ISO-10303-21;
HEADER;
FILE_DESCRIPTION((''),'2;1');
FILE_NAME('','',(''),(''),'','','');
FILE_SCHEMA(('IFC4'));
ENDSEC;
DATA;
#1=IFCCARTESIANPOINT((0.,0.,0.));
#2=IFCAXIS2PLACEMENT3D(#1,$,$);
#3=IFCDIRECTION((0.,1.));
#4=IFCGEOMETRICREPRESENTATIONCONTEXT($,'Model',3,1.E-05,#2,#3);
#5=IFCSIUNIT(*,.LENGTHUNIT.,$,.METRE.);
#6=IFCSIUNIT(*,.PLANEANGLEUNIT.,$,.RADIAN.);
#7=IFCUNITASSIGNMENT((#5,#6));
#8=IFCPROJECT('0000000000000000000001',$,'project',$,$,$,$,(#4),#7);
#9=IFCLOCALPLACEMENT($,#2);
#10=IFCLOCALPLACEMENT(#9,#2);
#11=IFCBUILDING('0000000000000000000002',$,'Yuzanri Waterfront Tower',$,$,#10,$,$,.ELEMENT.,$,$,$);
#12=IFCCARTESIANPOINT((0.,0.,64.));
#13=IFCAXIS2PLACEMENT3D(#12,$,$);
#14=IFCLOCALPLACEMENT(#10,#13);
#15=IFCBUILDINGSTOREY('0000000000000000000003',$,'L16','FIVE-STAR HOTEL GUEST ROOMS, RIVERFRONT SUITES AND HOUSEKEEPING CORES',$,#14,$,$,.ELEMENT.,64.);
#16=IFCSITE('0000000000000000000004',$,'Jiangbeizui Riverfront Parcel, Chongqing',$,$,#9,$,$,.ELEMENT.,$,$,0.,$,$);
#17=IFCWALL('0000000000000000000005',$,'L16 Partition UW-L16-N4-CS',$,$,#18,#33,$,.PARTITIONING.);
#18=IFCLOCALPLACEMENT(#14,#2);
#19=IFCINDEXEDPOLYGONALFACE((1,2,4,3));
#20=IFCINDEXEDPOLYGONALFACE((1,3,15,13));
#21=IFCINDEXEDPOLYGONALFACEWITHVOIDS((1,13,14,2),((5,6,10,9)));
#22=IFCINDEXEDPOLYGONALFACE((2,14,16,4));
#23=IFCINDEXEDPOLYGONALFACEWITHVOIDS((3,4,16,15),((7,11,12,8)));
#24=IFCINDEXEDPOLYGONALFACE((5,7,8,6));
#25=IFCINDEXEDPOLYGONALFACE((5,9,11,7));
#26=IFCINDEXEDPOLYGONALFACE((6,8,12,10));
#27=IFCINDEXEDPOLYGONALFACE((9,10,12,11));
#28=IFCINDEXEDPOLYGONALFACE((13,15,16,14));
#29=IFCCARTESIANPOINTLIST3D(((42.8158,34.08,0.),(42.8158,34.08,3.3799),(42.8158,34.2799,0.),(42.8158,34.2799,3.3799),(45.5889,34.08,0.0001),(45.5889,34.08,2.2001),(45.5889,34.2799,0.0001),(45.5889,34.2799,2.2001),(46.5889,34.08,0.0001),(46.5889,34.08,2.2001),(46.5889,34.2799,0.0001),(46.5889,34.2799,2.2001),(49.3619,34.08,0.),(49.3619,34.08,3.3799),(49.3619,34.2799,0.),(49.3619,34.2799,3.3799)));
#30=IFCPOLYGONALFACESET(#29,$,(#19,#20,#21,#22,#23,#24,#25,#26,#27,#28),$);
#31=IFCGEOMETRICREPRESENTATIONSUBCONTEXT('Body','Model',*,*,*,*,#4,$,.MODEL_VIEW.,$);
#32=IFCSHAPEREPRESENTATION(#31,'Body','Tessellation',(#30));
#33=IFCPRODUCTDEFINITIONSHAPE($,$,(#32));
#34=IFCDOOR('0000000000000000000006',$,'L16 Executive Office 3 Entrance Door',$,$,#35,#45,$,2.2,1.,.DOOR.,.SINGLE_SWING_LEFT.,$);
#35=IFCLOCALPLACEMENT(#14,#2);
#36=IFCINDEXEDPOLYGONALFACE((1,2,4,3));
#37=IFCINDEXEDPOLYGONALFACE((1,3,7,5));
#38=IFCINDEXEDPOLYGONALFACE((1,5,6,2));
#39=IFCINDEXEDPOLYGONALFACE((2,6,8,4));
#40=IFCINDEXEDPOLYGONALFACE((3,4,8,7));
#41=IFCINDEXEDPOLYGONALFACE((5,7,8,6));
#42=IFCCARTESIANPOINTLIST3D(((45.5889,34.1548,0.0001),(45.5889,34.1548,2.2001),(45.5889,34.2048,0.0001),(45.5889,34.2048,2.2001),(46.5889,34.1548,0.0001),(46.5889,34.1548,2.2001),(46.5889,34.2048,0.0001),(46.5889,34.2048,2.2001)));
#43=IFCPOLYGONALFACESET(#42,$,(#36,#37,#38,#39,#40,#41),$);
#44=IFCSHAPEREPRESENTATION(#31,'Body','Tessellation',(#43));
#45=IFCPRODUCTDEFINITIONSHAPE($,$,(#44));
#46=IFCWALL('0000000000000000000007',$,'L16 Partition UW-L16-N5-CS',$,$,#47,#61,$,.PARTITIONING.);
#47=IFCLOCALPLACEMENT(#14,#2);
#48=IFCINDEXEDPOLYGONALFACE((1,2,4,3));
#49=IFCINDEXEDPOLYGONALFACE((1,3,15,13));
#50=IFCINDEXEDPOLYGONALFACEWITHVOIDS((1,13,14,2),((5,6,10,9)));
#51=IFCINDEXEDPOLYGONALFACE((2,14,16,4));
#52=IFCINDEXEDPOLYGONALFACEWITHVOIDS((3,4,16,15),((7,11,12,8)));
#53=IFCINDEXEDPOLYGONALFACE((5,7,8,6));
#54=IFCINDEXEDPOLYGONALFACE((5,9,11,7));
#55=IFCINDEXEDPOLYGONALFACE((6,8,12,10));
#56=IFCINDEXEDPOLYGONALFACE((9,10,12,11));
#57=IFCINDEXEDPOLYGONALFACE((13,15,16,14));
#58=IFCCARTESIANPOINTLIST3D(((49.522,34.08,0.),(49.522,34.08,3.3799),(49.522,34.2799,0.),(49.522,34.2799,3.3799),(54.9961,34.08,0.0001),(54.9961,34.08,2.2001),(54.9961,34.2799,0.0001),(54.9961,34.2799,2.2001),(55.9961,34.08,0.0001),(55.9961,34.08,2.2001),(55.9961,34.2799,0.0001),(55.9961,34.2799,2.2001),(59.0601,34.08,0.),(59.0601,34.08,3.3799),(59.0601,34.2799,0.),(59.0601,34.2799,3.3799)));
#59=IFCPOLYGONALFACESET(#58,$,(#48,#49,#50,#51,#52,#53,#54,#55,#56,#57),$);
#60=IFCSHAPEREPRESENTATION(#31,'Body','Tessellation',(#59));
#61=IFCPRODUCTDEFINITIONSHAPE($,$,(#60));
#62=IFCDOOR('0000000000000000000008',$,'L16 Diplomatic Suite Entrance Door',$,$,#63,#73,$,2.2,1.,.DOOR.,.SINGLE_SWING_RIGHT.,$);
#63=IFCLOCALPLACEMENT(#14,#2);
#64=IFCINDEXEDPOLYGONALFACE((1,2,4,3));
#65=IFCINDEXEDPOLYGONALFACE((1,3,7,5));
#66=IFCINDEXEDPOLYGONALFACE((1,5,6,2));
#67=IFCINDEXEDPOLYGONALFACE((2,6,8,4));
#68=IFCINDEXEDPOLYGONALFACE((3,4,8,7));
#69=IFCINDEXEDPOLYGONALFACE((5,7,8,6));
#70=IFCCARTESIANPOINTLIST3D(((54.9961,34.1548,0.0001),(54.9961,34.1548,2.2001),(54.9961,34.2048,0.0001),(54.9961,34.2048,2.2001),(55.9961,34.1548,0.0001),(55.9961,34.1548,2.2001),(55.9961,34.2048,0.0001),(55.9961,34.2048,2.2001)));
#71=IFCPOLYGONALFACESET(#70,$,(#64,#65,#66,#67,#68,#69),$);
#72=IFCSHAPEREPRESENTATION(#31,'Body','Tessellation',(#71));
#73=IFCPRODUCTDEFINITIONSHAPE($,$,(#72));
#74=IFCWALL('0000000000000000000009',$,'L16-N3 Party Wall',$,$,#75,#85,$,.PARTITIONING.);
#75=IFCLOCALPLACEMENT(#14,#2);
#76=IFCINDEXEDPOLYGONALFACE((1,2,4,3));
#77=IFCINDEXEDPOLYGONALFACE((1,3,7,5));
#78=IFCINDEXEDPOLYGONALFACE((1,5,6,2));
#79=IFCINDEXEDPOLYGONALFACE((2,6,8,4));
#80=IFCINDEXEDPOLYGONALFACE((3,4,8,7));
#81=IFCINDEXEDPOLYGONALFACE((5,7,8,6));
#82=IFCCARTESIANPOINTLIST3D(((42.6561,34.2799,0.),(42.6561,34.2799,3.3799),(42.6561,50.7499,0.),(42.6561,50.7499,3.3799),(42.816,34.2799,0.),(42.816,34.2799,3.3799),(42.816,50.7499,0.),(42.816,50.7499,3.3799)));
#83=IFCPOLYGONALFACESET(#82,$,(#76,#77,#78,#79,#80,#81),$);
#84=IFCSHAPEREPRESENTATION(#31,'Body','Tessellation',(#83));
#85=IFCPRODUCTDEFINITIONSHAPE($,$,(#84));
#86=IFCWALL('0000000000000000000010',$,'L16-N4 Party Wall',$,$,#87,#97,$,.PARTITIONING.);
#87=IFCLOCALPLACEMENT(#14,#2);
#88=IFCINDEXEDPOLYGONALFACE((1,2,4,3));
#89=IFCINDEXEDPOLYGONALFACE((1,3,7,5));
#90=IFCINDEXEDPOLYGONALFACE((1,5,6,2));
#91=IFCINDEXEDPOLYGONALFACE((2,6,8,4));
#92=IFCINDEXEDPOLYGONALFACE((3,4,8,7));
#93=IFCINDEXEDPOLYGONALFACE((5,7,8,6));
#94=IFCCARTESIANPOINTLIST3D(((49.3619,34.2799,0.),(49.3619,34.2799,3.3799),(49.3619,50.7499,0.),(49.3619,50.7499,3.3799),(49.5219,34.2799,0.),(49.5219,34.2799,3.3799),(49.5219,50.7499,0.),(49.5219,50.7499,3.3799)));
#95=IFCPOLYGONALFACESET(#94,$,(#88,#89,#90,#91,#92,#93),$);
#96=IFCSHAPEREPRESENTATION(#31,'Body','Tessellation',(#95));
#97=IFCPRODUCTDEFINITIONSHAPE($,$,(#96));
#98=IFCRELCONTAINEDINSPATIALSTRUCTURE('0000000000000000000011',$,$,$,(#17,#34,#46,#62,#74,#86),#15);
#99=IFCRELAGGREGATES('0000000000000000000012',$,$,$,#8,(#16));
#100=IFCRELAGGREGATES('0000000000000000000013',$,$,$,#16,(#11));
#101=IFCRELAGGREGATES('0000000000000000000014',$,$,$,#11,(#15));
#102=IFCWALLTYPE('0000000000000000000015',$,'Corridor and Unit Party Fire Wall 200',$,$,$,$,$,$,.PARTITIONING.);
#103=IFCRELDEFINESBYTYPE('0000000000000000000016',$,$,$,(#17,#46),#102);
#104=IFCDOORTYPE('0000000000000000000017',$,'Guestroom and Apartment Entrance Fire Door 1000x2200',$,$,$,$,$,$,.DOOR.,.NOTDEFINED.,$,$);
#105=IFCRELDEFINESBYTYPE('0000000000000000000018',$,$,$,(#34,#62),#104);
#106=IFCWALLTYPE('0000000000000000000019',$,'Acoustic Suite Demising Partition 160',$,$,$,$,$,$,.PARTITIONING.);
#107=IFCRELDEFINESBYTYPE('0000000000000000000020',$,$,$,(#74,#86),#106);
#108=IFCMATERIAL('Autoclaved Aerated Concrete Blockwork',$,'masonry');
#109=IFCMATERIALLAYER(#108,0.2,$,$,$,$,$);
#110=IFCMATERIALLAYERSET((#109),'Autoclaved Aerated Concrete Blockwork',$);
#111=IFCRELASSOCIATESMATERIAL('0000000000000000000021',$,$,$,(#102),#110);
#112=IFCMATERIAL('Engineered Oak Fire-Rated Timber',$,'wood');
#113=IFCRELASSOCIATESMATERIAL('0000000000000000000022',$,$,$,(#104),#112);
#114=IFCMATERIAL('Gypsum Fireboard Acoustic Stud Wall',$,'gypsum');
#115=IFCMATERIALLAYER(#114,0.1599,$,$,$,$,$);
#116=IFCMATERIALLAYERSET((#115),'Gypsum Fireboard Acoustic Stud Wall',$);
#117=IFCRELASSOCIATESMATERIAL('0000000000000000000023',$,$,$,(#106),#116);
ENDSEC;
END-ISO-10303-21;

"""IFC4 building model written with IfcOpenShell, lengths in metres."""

from ifc_helpers import new_model, si_unit, direction, frame, frame_2d, origin, place, context, subcontext, project, spatial, rectangle, extrude, source, transform, mapped, material, layer, layer_set, type_object, element, fill, save


model = new_model("IFC4")

# Units and contexts
model_context = context("Model", 3, precision=1e-05, world=origin(), true_north=direction((0.0, 1.0)))
body_context = subcontext(model_context, "Body", "Model", "MODEL_VIEW")
ifc_project = project(units=[si_unit("LENGTHUNIT", "METRE"), si_unit("PLANEANGLEUNIT", "RADIAN")], contexts=[model_context])

# Site, building, storey
site_placement = place(None, origin())
site = spatial("IfcSite", under=ifc_project, at=site_placement, Name="Jiangbeizui Riverfront Parcel, Chongqing", CompositionType="ELEMENT", RefElevation=0.0)
building_placement = place(site_placement, origin())
building = spatial("IfcBuilding", under=site, at=building_placement, Name="Yuzanri Waterfront Tower", CompositionType="ELEMENT")
storey_placement = place(building_placement, frame((0.0, 0.0, 64.0)))
storey = spatial("IfcBuildingStorey", under=building, at=storey_placement, Name="L16", Description="FIVE-STAR HOTEL GUEST ROOMS, RIVERFRONT SUITES AND HOUSEKEEPING CORES", CompositionType="ELEMENT", Elevation=64.0)

# Walls, openings, doors
ifc_material_1 = material(Name="Autoclaved Aerated Concrete Blockwork", Category="masonry")
ifc_layer_1 = layer(ifc_material_1, 0.2)
ifc_layer_set_1 = layer_set([ifc_layer_1], Name="Autoclaved Aerated Concrete Blockwork")
wall_type_1 = type_object("IfcWallType", Name="Corridor and Unit Party Fire Wall 200", PredefinedType="PARTITIONING", material=ifc_layer_set_1)
wall_1_placement = place(storey_placement, frame((42.8159, 34.1799, 0.0), z_axis=(0.0, 0.0, 1.0), x_axis=(1.0, 0.0, 0.0)))
wall_1 = element("IfcWall", 1, at=wall_1_placement, inside=storey, type_object=wall_type_1, Name="L16 Partition UW-L16-N4-CS", PredefinedType="PARTITIONING", context=body_context, shape_type="SweptSolid", body=[
    extrude(rectangle(XDim=6.5461, YDim=0.2, at=frame_2d((3.2729, 0.0))), origin(), (0.0, 0.0, 1.0), 3.3799),
])
opening_1_placement = place(wall_1_placement, frame((2.7729, 0.0, 0.0)))
opening_1 = element("IfcOpeningElement", 2, at=opening_1_placement, cuts=wall_1, PredefinedType="OPENING", context=body_context, shape_type="SweptSolid", body=[
    extrude(rectangle(XDim=1.0, YDim=2.2, at=frame_2d((0.5, 1.1001))), frame((0.0, 0.1147, 0.0), z_axis=(0.0, -1.0, 0.0), x_axis=(1.0, 0.0, 0.0)), (0.0, 0.0, 1.0), 0.2297),
])
ifc_material_2 = material(Name="Engineered Oak Fire-Rated Timber", Category="wood")
door_type_1 = type_object("IfcDoorType", Name="Guestroom and Apartment Entrance Fire Door 1000x2200", OperationType="NOTDEFINED", PredefinedType="DOOR", material=ifc_material_2)
shared_shape_1 = source(origin(), body_context, "Body", "SweptSolid", [
    extrude(rectangle(XDim=1.0, YDim=2.2, at=frame_2d((0.5, 1.1001))), frame((0.0, 0.0249, 0.0), z_axis=(0.0, -1.0, 0.0), x_axis=(1.0, 0.0, 0.0)), (0.0, 0.0, 1.0), 0.05),
])
door_1_placement = place(opening_1_placement, origin())
door_1 = element("IfcDoor", 3, at=door_1_placement, inside=storey, type_object=door_type_1, Name="L16 Executive Office 3 Entrance Door", OperationType="SINGLE_SWING_LEFT", OverallHeight=2.2, OverallWidth=1.0, PredefinedType="DOOR", context=body_context, shape_type="MappedRepresentation", body=[
    mapped(shared_shape_1, transform((0.0, 0.0, 0.0), scale=1.0)),
])
fill(opening_1, door_1)
wall_2_placement = place(storey_placement, frame((49.522, 34.1799, 0.0), z_axis=(0.0, 0.0, 1.0), x_axis=(1.0, 0.0, 0.0)))
wall_2 = element("IfcWall", 4, at=wall_2_placement, inside=storey, type_object=wall_type_1, Name="L16 Partition UW-L16-N5-CS", PredefinedType="PARTITIONING", context=body_context, shape_type="SweptSolid", body=[
    extrude(rectangle(XDim=9.5381, YDim=0.2, at=frame_2d((4.769, 0.0))), origin(), (0.0, 0.0, 1.0), 3.3799),
])
opening_2_placement = place(wall_2_placement, frame((5.4741, 0.0, 0.0)))
opening_2 = element("IfcOpeningElement", 5, at=opening_2_placement, cuts=wall_2, PredefinedType="OPENING", context=body_context, shape_type="SweptSolid", body=[
    extrude(rectangle(XDim=1.0, YDim=2.2, at=frame_2d((0.5, 1.1001))), frame((0.0, 0.1147, 0.0), z_axis=(0.0, -1.0, 0.0), x_axis=(1.0, 0.0, 0.0)), (0.0, 0.0, 1.0), 0.2297),
])
door_2_placement = place(opening_2_placement, origin())
door_2 = element("IfcDoor", 6, at=door_2_placement, inside=storey, type_object=door_type_1, Name="L16 Diplomatic Suite Entrance Door", OperationType="SINGLE_SWING_RIGHT", OverallHeight=2.2, OverallWidth=1.0, PredefinedType="DOOR", context=body_context, shape_type="MappedRepresentation", body=[
    mapped(shared_shape_1, transform((0.0, 0.0, 0.0), scale=1.0)),
])
fill(opening_2, door_2)

# Walls
ifc_material_3 = material(Name="Gypsum Fireboard Acoustic Stud Wall", Category="gypsum")
ifc_layer_2 = layer(ifc_material_3, 0.1599)
ifc_layer_set_2 = layer_set([ifc_layer_2], Name="Gypsum Fireboard Acoustic Stud Wall")
wall_type_2 = type_object("IfcWallType", Name="Acoustic Suite Demising Partition 160", PredefinedType="PARTITIONING", material=ifc_layer_set_2)
shared_shape_2 = source(origin(), body_context, "Body", "SweptSolid", [
    extrude(rectangle(XDim=16.47, YDim=0.1599, at=frame_2d((8.2349, 0.0))), origin(), (0.0, 0.0, 1.0), 3.3799),
])
for number, where, z_axis, x_axis, name in (
    (7, (42.7361, 34.28, 0.0), (0.0, 0.0, 1.0), (0.0, 1.0, 0.0), "L16-N3 Party Wall"),
    (8, (49.4419, 34.28, 0.0), (0.0, 0.0, 1.0), (0.0, 1.0, 0.0), "L16-N4 Party Wall"),
):
    element("IfcWall", number, at=place(storey_placement, frame(where, z_axis=z_axis, x_axis=x_axis)), inside=storey, type_object=wall_type_2, Name=name, PredefinedType="PARTITIONING", context=body_context, shape_type="MappedRepresentation", body=[
        mapped(shared_shape_2, transform((0.0, 0.0, 0.0), scale=1.0)),
    ])

save(model, "model.ifc")
